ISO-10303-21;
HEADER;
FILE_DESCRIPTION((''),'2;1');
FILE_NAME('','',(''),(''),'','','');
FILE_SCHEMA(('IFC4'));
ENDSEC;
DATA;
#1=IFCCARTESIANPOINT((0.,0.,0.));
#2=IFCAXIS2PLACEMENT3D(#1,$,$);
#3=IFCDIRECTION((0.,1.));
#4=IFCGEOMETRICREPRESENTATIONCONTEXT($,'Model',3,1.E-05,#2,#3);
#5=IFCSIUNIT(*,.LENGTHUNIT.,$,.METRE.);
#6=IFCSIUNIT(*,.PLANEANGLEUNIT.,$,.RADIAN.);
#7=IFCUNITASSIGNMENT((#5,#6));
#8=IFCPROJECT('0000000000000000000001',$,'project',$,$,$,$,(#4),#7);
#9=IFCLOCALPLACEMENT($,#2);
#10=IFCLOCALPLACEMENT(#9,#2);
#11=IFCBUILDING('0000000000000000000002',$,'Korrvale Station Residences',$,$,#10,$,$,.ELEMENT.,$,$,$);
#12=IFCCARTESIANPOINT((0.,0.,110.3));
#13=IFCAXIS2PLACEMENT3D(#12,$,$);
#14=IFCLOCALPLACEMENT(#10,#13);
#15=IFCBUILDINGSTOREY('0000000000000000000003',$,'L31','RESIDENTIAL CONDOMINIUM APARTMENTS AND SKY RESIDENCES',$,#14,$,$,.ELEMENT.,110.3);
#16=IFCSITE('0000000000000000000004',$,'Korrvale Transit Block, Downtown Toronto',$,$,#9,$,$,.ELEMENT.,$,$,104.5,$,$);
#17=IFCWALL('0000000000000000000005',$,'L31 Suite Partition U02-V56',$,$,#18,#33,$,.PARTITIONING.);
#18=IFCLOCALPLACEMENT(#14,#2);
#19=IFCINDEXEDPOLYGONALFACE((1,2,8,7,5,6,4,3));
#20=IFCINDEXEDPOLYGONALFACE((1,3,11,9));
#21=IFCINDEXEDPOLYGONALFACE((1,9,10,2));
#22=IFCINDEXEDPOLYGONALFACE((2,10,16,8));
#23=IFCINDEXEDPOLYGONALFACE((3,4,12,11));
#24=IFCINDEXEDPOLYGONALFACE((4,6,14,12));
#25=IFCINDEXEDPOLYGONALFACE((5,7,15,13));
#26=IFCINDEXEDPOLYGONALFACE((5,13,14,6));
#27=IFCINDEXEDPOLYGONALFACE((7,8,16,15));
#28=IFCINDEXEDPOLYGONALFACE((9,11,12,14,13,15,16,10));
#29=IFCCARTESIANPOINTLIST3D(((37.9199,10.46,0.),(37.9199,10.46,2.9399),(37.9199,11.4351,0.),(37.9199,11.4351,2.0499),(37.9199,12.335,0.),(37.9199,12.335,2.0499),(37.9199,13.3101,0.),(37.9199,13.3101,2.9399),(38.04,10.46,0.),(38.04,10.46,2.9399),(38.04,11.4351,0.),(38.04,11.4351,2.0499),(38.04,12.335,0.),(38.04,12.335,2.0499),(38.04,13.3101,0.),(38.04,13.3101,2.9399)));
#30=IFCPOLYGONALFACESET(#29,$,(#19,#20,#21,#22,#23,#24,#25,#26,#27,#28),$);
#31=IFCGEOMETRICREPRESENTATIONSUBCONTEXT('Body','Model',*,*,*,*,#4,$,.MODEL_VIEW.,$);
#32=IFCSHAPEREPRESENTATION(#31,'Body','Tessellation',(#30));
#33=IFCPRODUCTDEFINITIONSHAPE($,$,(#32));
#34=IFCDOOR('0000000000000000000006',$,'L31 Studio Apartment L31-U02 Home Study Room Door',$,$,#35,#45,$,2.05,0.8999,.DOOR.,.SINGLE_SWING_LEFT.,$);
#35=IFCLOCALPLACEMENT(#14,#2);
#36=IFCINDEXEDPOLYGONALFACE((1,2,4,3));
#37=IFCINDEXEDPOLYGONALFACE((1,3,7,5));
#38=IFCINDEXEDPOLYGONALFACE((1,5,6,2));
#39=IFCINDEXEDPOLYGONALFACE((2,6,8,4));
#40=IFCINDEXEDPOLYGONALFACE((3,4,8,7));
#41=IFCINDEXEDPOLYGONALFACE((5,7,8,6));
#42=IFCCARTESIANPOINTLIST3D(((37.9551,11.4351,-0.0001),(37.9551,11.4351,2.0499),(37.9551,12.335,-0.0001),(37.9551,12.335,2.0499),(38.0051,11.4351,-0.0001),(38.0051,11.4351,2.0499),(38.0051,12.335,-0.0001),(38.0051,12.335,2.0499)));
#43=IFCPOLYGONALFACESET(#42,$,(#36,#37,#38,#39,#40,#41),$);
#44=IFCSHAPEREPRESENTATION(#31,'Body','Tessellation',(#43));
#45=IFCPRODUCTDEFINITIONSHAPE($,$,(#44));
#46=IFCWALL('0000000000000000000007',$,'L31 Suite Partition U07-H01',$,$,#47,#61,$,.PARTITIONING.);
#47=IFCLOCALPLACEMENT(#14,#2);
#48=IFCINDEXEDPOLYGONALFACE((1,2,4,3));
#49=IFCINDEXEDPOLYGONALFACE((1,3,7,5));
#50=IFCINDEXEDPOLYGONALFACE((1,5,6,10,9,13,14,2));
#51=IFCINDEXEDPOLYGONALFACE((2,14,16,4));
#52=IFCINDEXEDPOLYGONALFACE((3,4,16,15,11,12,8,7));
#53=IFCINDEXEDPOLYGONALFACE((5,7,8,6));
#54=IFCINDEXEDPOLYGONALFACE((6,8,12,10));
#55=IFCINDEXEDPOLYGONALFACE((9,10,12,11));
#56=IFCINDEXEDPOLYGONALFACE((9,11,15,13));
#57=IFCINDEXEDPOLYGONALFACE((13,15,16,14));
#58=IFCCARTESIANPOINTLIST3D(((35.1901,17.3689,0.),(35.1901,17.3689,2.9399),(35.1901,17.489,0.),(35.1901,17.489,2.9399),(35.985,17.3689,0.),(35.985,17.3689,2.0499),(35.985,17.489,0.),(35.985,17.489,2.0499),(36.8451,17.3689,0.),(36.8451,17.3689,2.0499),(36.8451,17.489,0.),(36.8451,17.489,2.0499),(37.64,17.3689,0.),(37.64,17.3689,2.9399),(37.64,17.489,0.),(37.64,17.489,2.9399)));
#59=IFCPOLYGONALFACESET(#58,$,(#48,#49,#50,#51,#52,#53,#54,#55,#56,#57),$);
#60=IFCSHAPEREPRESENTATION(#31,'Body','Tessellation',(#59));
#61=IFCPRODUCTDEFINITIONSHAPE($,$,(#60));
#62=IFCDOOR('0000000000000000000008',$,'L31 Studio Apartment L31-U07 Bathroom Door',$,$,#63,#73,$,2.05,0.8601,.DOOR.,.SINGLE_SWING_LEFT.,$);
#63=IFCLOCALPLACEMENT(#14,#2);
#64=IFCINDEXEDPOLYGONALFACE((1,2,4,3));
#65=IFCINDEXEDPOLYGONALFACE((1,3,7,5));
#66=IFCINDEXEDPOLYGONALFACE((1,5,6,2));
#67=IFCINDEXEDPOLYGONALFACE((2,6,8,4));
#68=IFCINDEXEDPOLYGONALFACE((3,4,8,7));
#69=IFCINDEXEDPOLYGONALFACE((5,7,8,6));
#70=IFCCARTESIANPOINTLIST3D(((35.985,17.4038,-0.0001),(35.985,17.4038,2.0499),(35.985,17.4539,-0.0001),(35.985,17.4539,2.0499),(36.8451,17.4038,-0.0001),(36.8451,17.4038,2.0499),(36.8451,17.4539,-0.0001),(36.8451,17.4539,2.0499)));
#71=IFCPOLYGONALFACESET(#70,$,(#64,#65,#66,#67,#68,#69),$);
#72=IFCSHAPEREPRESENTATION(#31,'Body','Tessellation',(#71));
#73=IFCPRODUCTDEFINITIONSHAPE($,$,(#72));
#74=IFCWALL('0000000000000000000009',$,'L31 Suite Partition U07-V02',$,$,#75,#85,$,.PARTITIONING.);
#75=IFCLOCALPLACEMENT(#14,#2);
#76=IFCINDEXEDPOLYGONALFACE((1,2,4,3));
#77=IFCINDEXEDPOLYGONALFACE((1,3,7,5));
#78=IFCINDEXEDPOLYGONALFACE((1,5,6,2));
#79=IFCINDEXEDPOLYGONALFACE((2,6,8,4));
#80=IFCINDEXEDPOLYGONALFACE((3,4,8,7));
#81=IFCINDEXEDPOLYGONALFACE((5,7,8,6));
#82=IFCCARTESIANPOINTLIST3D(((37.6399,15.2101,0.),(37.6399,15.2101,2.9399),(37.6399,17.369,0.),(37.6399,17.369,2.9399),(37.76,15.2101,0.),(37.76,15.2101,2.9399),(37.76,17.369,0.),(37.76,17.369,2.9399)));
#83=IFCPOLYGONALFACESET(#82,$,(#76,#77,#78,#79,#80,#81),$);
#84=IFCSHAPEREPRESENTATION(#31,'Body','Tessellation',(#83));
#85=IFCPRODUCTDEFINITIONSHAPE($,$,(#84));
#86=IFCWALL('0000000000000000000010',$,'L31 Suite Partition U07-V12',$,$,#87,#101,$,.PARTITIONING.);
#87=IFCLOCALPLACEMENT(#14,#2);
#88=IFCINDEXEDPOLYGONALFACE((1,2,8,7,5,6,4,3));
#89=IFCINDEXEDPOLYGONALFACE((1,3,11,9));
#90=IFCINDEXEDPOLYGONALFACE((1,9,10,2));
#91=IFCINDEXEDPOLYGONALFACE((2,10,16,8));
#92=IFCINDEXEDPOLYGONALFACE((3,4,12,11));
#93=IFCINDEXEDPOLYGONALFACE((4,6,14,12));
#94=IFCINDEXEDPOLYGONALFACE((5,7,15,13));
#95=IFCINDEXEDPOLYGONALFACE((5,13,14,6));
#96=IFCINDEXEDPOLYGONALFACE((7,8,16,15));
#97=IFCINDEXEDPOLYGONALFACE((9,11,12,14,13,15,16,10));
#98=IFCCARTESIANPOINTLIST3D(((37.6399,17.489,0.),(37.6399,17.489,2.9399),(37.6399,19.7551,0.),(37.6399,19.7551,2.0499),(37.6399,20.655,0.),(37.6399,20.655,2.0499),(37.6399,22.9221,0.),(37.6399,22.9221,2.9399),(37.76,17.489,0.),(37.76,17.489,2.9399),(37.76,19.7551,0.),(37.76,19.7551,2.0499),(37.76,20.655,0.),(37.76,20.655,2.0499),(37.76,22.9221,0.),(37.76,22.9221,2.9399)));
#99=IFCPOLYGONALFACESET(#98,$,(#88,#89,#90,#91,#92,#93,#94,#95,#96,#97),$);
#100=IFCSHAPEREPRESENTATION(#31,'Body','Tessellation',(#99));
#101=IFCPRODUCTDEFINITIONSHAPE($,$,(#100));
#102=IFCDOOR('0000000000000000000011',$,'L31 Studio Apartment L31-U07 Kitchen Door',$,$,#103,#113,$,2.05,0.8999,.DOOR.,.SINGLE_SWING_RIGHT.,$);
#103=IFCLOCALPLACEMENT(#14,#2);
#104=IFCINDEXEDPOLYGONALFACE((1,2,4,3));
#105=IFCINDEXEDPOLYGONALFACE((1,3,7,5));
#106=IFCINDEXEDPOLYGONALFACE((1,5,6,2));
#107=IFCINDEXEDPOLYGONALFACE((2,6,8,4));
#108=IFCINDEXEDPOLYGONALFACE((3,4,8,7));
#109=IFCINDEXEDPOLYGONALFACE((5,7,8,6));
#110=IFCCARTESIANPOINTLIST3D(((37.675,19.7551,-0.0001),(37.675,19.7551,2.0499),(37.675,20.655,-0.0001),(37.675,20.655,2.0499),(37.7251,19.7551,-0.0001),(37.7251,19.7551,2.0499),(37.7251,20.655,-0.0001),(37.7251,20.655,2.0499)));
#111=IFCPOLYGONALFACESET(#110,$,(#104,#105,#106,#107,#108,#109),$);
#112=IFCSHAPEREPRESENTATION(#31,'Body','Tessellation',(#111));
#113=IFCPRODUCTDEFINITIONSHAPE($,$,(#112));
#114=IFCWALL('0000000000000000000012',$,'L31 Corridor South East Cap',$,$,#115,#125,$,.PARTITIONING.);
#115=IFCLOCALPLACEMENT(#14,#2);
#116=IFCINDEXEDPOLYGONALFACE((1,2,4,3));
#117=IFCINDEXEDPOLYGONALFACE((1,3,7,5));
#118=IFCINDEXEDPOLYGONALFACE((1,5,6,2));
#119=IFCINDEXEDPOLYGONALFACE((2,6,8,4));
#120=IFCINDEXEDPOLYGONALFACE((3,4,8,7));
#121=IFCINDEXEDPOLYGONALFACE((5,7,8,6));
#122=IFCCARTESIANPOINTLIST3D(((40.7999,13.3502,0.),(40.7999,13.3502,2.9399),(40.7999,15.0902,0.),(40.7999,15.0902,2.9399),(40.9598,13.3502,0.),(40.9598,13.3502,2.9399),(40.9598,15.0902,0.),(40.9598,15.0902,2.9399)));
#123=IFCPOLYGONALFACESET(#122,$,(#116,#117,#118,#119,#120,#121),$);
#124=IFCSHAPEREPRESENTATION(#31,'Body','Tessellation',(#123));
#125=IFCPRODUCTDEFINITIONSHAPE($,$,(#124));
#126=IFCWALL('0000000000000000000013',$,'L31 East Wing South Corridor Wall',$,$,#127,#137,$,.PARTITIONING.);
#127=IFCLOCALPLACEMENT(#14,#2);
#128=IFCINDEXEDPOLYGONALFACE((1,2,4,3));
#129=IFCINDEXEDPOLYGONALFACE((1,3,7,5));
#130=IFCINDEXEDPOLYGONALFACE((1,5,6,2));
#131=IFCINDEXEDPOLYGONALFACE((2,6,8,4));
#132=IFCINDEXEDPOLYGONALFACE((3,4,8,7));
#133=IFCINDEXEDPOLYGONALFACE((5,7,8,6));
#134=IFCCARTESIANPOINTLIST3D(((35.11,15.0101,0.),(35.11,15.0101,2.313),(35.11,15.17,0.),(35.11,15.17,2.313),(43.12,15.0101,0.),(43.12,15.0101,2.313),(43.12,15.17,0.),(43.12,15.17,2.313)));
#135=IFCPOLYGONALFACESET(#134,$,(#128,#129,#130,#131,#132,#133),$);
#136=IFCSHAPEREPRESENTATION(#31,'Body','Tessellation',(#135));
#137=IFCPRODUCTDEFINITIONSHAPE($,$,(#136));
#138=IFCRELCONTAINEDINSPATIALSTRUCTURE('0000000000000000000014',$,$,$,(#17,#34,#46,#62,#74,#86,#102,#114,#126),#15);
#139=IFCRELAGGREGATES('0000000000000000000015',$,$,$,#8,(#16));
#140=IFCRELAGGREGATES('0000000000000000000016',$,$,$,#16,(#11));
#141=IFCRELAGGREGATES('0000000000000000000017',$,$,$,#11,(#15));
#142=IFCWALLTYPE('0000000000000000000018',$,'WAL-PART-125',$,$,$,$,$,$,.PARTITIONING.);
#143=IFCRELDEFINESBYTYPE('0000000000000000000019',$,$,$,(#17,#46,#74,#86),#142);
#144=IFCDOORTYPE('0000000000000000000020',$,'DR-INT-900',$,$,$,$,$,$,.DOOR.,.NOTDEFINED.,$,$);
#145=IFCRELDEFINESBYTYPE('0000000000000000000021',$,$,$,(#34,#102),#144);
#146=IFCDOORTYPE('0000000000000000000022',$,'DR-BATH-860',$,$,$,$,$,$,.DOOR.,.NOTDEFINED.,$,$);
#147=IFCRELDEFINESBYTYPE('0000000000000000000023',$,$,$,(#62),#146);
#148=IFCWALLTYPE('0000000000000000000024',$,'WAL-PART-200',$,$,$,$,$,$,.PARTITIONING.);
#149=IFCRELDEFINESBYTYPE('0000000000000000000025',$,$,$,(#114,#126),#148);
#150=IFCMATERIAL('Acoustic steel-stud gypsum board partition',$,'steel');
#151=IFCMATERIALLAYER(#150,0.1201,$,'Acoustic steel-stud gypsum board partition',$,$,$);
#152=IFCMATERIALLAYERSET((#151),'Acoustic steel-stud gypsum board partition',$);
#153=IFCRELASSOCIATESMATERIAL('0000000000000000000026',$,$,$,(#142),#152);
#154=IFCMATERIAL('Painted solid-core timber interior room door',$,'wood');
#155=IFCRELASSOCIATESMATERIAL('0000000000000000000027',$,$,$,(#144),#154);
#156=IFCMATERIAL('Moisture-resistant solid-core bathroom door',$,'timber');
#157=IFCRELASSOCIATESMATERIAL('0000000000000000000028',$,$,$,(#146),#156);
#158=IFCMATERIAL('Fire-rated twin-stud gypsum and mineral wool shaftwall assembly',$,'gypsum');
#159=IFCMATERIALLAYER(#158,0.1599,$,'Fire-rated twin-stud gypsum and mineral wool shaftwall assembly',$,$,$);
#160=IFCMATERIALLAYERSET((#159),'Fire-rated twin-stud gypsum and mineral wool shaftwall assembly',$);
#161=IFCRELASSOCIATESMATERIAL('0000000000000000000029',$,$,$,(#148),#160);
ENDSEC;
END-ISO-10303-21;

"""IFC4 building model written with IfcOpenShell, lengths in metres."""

from ifc_helpers import new_model, si_unit, direction, frame, frame_2d, origin, place, context, subcontext, project, spatial, rectangle, extrude, material, layer, layer_set, type_object, element, fill, save


model = new_model("IFC4")

# Units and contexts
model_context = context("Model", 3, precision=1e-05, world=origin(), true_north=direction((0.0, 1.0)))
body_context = subcontext(model_context, "Body", "Model", "MODEL_VIEW")
ifc_project = project(units=[si_unit("LENGTHUNIT", "METRE"), si_unit("PLANEANGLEUNIT", "RADIAN")], contexts=[model_context])

# Site, building, storey
site_placement = place(None, origin())
site = spatial("IfcSite", under=ifc_project, at=site_placement, Name="Korrvale Transit Block, Downtown Toronto", CompositionType="ELEMENT", RefElevation=104.5)
building_placement = place(site_placement, origin())
building = spatial("IfcBuilding", under=site, at=building_placement, Name="Korrvale Station Residences", CompositionType="ELEMENT")
storey_placement = place(building_placement, frame((0.0, 0.0, 110.3)))
storey = spatial("IfcBuildingStorey", under=building, at=storey_placement, Name="L31", Description="RESIDENTIAL CONDOMINIUM APARTMENTS AND SKY RESIDENCES", CompositionType="ELEMENT", Elevation=110.3)

# Walls, openings, doors
ifc_material_1 = material(Name="Acoustic steel-stud gypsum board partition", Category="steel")
ifc_layer_1 = layer(ifc_material_1, 0.1201, Name="Acoustic steel-stud gypsum board partition")
ifc_layer_set_1 = layer_set([ifc_layer_1], Name="Acoustic steel-stud gypsum board partition")
wall_type_1 = type_object("IfcWallType", Name="WAL-PART-125", PredefinedType="PARTITIONING", material=ifc_layer_set_1)
ifc_material_2 = material(Name="Painted solid-core timber interior room door", Category="wood")
door_type_1 = type_object("IfcDoorType", Name="DR-INT-900", OperationType="NOTDEFINED", PredefinedType="DOOR", material=ifc_material_2)
wall_1_placement = place(storey_placement, frame((37.98, 10.46, 0.0), z_axis=(0.0, 0.0, 1.0), x_axis=(0.0, 1.0, 0.0)))
wall_1 = element("IfcWall", 1, at=wall_1_placement, inside=storey, type_object=wall_type_1, Name="L31 Suite Partition U02-V56", PredefinedType="PARTITIONING", context=body_context, shape_type="SweptSolid", body=[
    extrude(rectangle(XDim=2.8501, YDim=0.1201, at=frame_2d((1.425, 0.0))), origin(), (0.0, 0.0, 1.0), 2.9399),
])
opening_1_placement = place(wall_1_placement, frame((0.9751, 0.0, 0.0)))
opening_1 = element("IfcOpeningElement", 2, at=opening_1_placement, cuts=wall_1, PredefinedType="OPENING", context=body_context, shape_type="SweptSolid", body=[
    extrude(rectangle(XDim=0.8999, YDim=2.05, at=frame_2d((0.45, 1.0249))), frame((0.0, 0.0701, 0.0), z_axis=(0.0, -1.0, 0.0), x_axis=(1.0, 0.0, 0.0)), (0.0, 0.0, 1.0), 0.1401),
])
door_1_placement = place(opening_1_placement, origin())
door_1 = element("IfcDoor", 3, at=door_1_placement, inside=storey, type_object=door_type_1, Name="L31 Studio Apartment L31-U02 Home Study Room Door", OperationType="SINGLE_SWING_LEFT", OverallHeight=2.05, OverallWidth=0.8999, PredefinedType="DOOR", context=body_context, shape_type="SweptSolid", body=[
    extrude(rectangle(XDim=0.8999, YDim=2.05, at=frame_2d((0.45, 1.0249))), frame((0.0, 0.0249, 0.0), z_axis=(0.0, -1.0, 0.0), x_axis=(1.0, 0.0, 0.0)), (0.0, 0.0, 1.0), 0.05),
])
fill(opening_1, door_1)
wall_2_placement = place(storey_placement, frame((35.1899, 17.429, 0.0), z_axis=(0.0, 0.0, 1.0), x_axis=(1.0, 0.0, 0.0)))
wall_2 = element("IfcWall", 4, at=wall_2_placement, inside=storey, type_object=wall_type_1, Name="L31 Suite Partition U07-H01", PredefinedType="PARTITIONING", context=body_context, shape_type="SweptSolid", body=[
    extrude(rectangle(XDim=2.45, YDim=0.1201, at=frame_2d((1.2251, 0.0))), origin(), (0.0, 0.0, 1.0), 2.9399),
])
opening_2_placement = place(wall_2_placement, frame((0.7949, 0.0, 0.0)))
opening_2 = element("IfcOpeningElement", 5, at=opening_2_placement, cuts=wall_2, PredefinedType="OPENING", context=body_context, shape_type="SweptSolid", body=[
    extrude(rectangle(XDim=0.8601, YDim=2.05, at=frame_2d((0.4302, 1.0249))), frame((0.0, 0.0701, 0.0), z_axis=(0.0, -1.0, 0.0), x_axis=(1.0, 0.0, 0.0)), (0.0, 0.0, 1.0), 0.1401),
])
ifc_material_3 = material(Name="Moisture-resistant solid-core bathroom door", Category="timber")
door_type_2 = type_object("IfcDoorType", Name="DR-BATH-860", OperationType="NOTDEFINED", PredefinedType="DOOR", material=ifc_material_3)
door_2_placement = place(opening_2_placement, origin())
door_2 = element("IfcDoor", 6, at=door_2_placement, inside=storey, type_object=door_type_2, Name="L31 Studio Apartment L31-U07 Bathroom Door", OperationType="SINGLE_SWING_LEFT", OverallHeight=2.05, OverallWidth=0.8601, PredefinedType="DOOR", context=body_context, shape_type="SweptSolid", body=[
    extrude(rectangle(XDim=0.8601, YDim=2.05, at=frame_2d((0.4302, 1.0249))), frame((0.0, 0.0249, 0.0), z_axis=(0.0, -1.0, 0.0), x_axis=(1.0, 0.0, 0.0)), (0.0, 0.0, 1.0), 0.05),
])
fill(opening_2, door_2)

# Wall
wall_3_placement = place(storey_placement, frame((37.7, 15.21, 0.0), z_axis=(0.0, 0.0, 1.0), x_axis=(0.0, 1.0, 0.0)))
element("IfcWall", 7, at=wall_3_placement, inside=storey, type_object=wall_type_1, Name="L31 Suite Partition U07-V02", PredefinedType="PARTITIONING", context=body_context, shape_type="SweptSolid", body=[
    extrude(rectangle(XDim=2.1589, YDim=0.1201, at=frame_2d((1.0796, 0.0))), origin(), (0.0, 0.0, 1.0), 2.9399),
])

# Wall, opening, door
wall_4_placement = place(storey_placement, frame((37.7, 17.489, 0.0), z_axis=(0.0, 0.0, 1.0), x_axis=(0.0, 1.0, 0.0)))
wall_4 = element("IfcWall", 8, at=wall_4_placement, inside=storey, type_object=wall_type_1, Name="L31 Suite Partition U07-V12", PredefinedType="PARTITIONING", context=body_context, shape_type="SweptSolid", body=[
    extrude(rectangle(XDim=5.4331, YDim=0.1201, at=frame_2d((2.7166, 0.0))), origin(), (0.0, 0.0, 1.0), 2.9399),
])
opening_3_placement = place(wall_4_placement, frame((2.2661, 0.0, 0.0)))
opening_3 = element("IfcOpeningElement", 9, at=opening_3_placement, cuts=wall_4, PredefinedType="OPENING", context=body_context, shape_type="SweptSolid", body=[
    extrude(rectangle(XDim=0.8999, YDim=2.05, at=frame_2d((0.45, 1.0249))), frame((0.0, 0.0701, 0.0), z_axis=(0.0, -1.0, 0.0), x_axis=(1.0, 0.0, 0.0)), (0.0, 0.0, 1.0), 0.1401),
])
door_3_placement = place(opening_3_placement, origin())
door_3 = element("IfcDoor", 10, at=door_3_placement, inside=storey, type_object=door_type_1, Name="L31 Studio Apartment L31-U07 Kitchen Door", OperationType="SINGLE_SWING_RIGHT", OverallHeight=2.05, OverallWidth=0.8999, PredefinedType="DOOR", context=body_context, shape_type="SweptSolid", body=[
    extrude(rectangle(XDim=0.8999, YDim=2.05, at=frame_2d((0.45, 1.0249))), frame((0.0, 0.0249, 0.0), z_axis=(0.0, -1.0, 0.0), x_axis=(1.0, 0.0, 0.0)), (0.0, 0.0, 1.0), 0.05),
])
fill(opening_3, door_3)

# Walls
ifc_material_4 = material(Name="Fire-rated twin-stud gypsum and mineral wool shaftwall assembly", Category="gypsum")
ifc_layer_2 = layer(ifc_material_4, 0.1599, Name="Fire-rated twin-stud gypsum and mineral wool shaftwall assembly")
ifc_layer_set_2 = layer_set([ifc_layer_2], Name="Fire-rated twin-stud gypsum and mineral wool shaftwall assembly")
wall_type_2 = type_object("IfcWallType", Name="WAL-PART-200", PredefinedType="PARTITIONING", material=ifc_layer_set_2)
wall_5_placement = place(storey_placement, frame((40.8799, 13.3501, 0.0), z_axis=(0.0, 0.0, 1.0), x_axis=(0.0, 1.0, 0.0)))
element("IfcWall", 11, at=wall_5_placement, inside=storey, type_object=wall_type_2, Name="L31 Corridor South East Cap", PredefinedType="PARTITIONING", context=body_context, shape_type="SweptSolid", body=[
    extrude(rectangle(XDim=1.74, YDim=0.1599, at=frame_2d((0.8701, 0.0))), origin(), (0.0, 0.0, 1.0), 2.9399),
])
wall_6_placement = place(storey_placement, frame((35.1101, 15.0901, 0.0), z_axis=(0.0, 0.0, 1.0), x_axis=(1.0, 0.0, 0.0)))
element("IfcWall", 12, at=wall_6_placement, inside=storey, type_object=wall_type_2, Name="L31 East Wing South Corridor Wall", PredefinedType="PARTITIONING", context=body_context, shape_type="SweptSolid", body=[
    extrude(rectangle(XDim=8.01, YDim=0.1599, at=frame_2d((4.0049, 0.0))), origin(), (0.0, 0.0, 1.0), 2.313),
])

save(model, "model.ifc")
